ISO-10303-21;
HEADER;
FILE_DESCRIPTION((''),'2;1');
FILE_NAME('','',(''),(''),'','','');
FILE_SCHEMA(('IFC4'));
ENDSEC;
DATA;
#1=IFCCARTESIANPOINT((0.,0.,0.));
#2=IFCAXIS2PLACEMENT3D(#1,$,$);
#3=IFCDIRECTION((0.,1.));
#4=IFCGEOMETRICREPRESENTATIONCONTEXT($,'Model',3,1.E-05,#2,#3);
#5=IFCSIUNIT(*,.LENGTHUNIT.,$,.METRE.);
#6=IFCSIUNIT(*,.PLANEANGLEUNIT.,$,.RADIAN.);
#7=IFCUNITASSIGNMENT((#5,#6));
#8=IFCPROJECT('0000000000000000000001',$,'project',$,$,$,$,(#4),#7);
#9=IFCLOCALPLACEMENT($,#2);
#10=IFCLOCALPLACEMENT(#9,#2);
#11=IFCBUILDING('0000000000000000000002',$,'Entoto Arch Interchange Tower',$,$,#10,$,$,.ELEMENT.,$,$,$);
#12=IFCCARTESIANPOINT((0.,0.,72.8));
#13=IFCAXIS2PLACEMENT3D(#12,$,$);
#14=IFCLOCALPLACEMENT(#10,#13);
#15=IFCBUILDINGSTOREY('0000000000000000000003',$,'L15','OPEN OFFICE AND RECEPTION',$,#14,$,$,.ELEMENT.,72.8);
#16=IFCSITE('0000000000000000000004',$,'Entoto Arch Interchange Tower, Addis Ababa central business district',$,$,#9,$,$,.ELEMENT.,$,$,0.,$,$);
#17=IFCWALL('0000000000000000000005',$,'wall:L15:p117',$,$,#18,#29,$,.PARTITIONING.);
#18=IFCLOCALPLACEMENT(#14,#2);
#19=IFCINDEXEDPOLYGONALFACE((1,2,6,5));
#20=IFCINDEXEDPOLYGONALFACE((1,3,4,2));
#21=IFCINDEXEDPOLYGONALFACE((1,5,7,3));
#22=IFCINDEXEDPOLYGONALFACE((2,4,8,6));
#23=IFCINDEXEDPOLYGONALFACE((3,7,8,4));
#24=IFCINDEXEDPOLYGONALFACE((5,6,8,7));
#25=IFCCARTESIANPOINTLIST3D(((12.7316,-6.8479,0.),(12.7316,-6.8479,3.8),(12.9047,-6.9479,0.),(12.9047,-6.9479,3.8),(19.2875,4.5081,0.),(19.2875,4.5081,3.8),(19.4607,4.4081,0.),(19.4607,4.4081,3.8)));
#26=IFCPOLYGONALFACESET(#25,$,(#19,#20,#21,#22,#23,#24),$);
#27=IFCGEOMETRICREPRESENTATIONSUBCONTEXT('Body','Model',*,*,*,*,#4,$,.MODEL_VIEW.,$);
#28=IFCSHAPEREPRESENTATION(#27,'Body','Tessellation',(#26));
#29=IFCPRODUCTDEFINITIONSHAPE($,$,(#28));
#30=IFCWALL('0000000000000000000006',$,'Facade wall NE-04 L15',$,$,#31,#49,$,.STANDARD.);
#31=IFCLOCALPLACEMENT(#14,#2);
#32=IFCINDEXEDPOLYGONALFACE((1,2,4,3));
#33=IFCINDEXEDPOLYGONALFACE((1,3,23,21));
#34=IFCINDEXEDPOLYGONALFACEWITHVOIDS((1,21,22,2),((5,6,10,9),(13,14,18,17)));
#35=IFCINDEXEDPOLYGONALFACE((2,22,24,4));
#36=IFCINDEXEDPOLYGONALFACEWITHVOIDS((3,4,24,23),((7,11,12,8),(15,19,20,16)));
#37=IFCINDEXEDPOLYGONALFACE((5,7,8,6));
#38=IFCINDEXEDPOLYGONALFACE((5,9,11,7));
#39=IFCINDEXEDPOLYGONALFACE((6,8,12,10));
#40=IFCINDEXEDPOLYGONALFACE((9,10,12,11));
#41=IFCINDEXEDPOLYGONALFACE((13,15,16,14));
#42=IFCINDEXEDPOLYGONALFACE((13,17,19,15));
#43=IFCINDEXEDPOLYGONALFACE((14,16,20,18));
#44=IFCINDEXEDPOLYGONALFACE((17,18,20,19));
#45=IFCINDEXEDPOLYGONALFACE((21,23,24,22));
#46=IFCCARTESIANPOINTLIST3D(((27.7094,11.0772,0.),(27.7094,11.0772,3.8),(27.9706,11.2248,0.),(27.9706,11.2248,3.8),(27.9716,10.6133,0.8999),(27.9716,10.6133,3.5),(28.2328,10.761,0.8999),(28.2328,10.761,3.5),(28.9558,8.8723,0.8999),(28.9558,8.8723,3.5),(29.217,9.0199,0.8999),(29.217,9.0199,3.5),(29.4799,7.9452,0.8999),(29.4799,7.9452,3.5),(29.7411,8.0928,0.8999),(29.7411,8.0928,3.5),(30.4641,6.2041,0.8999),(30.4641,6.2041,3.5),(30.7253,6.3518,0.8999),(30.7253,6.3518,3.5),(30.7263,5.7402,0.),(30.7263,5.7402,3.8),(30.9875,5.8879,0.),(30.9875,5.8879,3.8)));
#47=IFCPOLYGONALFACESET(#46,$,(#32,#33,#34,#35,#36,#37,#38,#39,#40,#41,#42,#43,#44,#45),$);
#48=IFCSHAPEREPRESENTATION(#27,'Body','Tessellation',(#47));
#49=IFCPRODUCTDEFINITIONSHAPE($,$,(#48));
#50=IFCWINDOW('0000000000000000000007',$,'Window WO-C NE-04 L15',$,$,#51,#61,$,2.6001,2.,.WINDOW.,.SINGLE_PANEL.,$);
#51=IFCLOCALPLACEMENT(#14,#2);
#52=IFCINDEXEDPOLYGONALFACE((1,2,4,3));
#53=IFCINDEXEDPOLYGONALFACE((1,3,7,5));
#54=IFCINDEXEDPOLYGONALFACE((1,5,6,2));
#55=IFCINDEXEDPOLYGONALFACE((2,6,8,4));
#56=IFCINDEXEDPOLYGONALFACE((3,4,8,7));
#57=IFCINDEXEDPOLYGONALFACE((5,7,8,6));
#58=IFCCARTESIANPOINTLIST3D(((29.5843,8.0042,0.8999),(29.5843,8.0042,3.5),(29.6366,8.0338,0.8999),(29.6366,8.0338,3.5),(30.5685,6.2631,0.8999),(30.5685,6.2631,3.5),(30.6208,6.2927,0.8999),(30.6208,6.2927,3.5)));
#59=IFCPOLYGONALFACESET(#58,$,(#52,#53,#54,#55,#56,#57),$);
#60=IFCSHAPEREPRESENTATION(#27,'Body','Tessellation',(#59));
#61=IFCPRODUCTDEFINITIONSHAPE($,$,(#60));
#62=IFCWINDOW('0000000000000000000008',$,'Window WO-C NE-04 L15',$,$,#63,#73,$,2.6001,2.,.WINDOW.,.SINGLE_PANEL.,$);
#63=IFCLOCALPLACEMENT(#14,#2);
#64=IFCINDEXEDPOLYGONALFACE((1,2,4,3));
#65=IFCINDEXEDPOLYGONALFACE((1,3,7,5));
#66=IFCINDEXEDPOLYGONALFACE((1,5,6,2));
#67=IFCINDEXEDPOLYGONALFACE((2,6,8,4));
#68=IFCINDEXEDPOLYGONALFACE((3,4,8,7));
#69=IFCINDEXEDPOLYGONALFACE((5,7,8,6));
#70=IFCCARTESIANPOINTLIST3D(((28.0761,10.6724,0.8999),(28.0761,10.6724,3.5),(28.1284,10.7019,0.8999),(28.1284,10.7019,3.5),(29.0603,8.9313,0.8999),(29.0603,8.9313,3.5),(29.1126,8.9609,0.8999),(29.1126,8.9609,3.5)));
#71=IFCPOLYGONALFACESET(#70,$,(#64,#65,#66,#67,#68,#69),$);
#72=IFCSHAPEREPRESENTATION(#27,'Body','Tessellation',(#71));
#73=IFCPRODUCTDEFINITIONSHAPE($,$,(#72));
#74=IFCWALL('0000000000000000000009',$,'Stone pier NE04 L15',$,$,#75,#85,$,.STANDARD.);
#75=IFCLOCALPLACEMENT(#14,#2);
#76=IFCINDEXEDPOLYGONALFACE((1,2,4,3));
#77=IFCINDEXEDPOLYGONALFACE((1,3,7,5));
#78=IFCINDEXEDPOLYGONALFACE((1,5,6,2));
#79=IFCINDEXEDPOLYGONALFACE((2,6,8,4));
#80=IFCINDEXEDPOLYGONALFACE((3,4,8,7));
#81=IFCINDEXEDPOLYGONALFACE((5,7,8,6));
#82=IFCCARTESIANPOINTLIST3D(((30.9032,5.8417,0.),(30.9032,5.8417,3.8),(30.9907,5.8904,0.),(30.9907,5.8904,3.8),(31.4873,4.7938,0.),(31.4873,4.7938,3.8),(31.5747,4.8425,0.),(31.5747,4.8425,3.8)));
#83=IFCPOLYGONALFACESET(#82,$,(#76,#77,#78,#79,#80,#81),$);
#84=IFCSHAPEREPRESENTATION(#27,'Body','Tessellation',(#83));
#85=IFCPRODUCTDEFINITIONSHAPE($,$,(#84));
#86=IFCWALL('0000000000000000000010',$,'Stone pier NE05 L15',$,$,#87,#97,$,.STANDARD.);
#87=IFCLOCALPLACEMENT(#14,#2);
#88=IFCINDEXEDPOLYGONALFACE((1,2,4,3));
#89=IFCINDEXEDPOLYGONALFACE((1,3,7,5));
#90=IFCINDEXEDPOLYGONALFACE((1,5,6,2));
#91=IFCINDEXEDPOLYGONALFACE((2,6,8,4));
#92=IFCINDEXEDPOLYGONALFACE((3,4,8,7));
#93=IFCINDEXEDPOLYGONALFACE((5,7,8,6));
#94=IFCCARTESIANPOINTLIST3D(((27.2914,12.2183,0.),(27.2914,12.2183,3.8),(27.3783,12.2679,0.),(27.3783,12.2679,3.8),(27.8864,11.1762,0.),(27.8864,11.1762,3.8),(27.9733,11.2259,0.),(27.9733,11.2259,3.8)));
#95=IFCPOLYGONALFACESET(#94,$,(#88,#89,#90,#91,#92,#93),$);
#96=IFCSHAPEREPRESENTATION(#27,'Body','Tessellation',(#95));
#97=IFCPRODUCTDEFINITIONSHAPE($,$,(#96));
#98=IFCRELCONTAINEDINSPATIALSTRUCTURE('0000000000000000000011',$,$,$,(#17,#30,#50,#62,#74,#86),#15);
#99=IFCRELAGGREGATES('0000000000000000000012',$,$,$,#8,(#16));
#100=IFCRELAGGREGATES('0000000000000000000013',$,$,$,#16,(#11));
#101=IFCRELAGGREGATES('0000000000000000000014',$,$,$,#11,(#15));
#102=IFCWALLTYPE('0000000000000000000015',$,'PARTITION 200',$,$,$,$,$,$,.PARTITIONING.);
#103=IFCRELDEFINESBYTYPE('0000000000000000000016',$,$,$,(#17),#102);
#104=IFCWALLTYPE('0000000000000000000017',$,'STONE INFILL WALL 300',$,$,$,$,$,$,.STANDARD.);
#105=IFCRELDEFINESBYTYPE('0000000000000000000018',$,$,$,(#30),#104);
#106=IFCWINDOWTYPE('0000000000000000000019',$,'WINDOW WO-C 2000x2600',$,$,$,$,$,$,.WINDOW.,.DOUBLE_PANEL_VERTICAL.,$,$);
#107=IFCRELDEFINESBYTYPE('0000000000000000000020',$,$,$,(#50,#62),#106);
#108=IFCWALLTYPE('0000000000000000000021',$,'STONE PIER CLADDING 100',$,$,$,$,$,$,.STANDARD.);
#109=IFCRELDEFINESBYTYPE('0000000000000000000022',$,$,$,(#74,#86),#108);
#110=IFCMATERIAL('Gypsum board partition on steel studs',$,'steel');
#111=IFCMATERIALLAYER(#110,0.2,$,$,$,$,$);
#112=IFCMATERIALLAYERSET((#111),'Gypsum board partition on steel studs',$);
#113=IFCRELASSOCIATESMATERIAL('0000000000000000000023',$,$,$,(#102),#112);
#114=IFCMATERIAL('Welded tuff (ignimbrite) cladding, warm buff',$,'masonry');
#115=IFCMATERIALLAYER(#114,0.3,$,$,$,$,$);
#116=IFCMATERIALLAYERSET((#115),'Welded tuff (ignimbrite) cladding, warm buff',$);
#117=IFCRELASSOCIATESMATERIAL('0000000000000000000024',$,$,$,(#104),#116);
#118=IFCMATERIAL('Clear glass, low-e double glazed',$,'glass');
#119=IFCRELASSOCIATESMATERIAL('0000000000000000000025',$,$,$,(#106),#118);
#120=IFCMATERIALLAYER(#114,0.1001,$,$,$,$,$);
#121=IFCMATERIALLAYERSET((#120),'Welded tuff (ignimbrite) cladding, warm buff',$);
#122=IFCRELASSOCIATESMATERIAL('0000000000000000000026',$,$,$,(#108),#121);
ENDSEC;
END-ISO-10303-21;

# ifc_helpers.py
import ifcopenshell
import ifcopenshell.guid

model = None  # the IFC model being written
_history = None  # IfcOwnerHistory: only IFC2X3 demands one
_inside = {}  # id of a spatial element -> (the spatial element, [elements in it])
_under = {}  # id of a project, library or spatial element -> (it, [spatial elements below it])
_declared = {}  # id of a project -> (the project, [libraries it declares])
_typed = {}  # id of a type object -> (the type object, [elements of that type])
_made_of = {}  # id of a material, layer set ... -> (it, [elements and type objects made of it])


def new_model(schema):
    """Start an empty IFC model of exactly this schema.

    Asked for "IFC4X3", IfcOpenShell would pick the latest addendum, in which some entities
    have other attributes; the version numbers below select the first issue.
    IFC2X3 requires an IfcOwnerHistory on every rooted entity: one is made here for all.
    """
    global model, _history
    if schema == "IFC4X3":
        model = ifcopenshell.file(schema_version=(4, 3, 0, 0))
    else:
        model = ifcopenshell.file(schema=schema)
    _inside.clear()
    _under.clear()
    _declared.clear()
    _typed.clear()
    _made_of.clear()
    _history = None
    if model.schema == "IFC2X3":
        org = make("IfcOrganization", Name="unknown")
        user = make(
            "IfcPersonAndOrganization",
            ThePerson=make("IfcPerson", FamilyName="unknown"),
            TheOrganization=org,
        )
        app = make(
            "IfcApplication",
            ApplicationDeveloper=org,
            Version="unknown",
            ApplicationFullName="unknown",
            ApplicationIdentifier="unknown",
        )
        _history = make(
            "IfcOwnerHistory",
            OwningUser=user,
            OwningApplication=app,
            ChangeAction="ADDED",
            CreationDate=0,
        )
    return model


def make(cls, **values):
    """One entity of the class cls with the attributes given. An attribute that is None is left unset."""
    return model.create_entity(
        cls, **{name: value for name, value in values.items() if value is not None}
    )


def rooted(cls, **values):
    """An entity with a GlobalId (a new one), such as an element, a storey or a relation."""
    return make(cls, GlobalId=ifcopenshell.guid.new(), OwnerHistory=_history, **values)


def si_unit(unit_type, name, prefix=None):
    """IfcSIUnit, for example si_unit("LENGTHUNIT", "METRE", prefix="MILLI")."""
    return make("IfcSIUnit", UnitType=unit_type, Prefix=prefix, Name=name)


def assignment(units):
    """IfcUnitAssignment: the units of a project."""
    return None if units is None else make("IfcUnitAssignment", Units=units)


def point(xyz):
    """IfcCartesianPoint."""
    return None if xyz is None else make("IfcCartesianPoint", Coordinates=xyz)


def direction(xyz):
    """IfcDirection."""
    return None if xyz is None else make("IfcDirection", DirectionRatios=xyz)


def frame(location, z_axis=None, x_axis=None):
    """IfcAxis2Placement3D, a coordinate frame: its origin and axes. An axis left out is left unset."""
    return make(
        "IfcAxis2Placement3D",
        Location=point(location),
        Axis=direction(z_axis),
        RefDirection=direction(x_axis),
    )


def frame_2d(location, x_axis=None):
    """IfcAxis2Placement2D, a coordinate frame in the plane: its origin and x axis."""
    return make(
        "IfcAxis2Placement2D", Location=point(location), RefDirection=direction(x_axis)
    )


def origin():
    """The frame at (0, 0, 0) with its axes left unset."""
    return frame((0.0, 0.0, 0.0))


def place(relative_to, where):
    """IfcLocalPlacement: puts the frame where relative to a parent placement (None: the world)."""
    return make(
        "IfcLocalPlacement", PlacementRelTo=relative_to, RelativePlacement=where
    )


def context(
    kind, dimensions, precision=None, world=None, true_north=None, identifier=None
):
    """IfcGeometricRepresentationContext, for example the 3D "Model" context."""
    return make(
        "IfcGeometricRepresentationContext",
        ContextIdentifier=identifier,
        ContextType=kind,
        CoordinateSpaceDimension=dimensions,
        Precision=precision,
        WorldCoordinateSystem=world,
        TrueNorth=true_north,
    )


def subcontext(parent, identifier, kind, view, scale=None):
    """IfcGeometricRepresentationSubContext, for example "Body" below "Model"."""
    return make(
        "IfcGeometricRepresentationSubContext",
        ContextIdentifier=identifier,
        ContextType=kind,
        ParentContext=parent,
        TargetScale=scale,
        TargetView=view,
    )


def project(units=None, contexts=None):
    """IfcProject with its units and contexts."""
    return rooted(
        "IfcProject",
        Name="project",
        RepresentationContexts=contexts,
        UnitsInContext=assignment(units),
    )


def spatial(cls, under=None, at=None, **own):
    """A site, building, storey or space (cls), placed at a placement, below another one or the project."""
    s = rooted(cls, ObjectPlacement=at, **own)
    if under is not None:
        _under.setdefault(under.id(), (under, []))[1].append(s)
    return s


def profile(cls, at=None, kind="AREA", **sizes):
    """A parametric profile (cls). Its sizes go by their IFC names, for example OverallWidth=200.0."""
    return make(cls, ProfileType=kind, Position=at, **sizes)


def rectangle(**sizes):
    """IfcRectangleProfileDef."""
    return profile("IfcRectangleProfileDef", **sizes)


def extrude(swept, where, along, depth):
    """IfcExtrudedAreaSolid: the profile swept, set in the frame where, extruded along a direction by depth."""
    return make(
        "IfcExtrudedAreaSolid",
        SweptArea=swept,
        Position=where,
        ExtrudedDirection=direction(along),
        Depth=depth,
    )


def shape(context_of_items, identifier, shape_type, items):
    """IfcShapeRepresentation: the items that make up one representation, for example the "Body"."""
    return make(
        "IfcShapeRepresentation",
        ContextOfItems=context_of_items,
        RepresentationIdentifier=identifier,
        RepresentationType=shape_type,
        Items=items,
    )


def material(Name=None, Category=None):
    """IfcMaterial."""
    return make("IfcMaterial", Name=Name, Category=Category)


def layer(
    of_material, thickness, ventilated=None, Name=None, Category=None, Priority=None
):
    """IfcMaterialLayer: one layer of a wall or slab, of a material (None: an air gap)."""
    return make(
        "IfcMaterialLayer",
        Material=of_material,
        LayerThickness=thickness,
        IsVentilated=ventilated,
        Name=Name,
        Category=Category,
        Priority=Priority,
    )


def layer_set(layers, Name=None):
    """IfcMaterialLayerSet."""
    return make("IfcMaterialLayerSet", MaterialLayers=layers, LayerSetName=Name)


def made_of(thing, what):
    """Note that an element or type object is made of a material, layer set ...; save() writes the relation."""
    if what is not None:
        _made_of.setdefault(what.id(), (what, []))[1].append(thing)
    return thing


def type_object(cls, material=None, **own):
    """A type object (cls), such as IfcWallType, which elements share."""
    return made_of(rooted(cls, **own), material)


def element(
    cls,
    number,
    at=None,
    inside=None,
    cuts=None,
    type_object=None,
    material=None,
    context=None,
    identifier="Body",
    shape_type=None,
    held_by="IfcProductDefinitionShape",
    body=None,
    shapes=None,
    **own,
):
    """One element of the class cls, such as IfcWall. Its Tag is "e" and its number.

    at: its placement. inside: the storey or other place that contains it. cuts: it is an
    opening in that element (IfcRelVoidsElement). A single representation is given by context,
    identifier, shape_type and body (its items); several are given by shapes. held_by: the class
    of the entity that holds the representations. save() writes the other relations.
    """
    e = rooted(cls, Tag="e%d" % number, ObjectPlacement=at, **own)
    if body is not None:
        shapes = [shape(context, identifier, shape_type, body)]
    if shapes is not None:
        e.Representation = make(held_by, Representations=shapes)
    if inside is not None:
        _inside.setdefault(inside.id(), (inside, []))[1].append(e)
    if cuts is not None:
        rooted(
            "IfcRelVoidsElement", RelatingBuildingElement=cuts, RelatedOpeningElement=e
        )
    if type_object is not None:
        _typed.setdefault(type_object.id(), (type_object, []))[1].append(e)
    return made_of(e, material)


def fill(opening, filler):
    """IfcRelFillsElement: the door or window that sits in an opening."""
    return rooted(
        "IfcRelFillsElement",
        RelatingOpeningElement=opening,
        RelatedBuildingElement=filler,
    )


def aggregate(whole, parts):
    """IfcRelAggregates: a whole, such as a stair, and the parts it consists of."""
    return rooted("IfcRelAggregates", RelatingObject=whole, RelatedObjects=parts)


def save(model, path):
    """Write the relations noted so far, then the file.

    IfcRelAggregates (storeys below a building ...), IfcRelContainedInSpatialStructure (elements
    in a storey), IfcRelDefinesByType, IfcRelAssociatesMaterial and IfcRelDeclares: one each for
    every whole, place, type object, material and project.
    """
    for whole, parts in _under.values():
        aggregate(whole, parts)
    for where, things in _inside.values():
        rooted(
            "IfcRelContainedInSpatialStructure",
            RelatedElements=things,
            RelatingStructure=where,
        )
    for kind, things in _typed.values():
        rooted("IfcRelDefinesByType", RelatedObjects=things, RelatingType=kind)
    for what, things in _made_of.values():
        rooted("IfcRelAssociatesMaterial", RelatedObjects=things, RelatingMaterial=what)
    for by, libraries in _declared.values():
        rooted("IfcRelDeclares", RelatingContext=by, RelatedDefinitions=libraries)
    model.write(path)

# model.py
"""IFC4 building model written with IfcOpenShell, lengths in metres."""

from ifc_helpers import new_model, si_unit, direction, frame, frame_2d, origin, place, context, subcontext, project, spatial, rectangle, extrude, material, layer, layer_set, type_object, element, fill, save


model = new_model("IFC4")

# Units and contexts
model_context = context("Model", 3, precision=1e-05, world=origin(), true_north=direction((0.0, 1.0)))
body_context = subcontext(model_context, "Body", "Model", "MODEL_VIEW")
ifc_project = project(units=[si_unit("LENGTHUNIT", "METRE"), si_unit("PLANEANGLEUNIT", "RADIAN")], contexts=[model_context])

# Site, building, storey
site_placement = place(None, origin())
site = spatial("IfcSite", under=ifc_project, at=site_placement, Name="Entoto Arch Interchange Tower, Addis Ababa central business district", CompositionType="ELEMENT", RefElevation=0.0)
building_placement = place(site_placement, origin())
building = spatial("IfcBuilding", under=site, at=building_placement, Name="Entoto Arch Interchange Tower", CompositionType="ELEMENT")
storey_placement = place(building_placement, frame((0.0, 0.0, 72.8)))
storey = spatial("IfcBuildingStorey", under=building, at=storey_placement, Name="L15", Description="OPEN OFFICE AND RECEPTION", CompositionType="ELEMENT", Elevation=72.8)

# Shared definitions
ifc_material_1 = material(Name="Gypsum board partition on steel studs", Category="steel")
ifc_layer_1 = layer(ifc_material_1, 0.2)
ifc_layer_set_1 = layer_set([ifc_layer_1], Name="Gypsum board partition on steel studs")
wall_type_1 = type_object("IfcWallType", Name="PARTITION 200", PredefinedType="PARTITIONING", material=ifc_layer_set_1)

# Wall
wall_1_placement = place(storey_placement, frame((19.374, 4.458, 0.0), z_axis=(0.0, 0.0, 1.0), x_axis=(-0.499974, -0.86604, 0.0)))
element("IfcWall", 1, at=wall_1_placement, inside=storey, type_object=wall_type_1, Name="wall:L15:p117", PredefinedType="PARTITIONING", context=body_context, shape_type="SweptSolid", body=[
    extrude(rectangle(XDim=13.1125, YDim=0.2, at=frame_2d((6.5562, 0.0))), origin(), (0.0, 0.0, 1.0), 3.8),
])

# Wall, openings, windows
ifc_material_2 = material(Name="Welded tuff (ignimbrite) cladding, warm buff", Category="masonry")
ifc_layer_2 = layer(ifc_material_2, 0.3)
ifc_layer_set_2 = layer_set([ifc_layer_2], Name="Welded tuff (ignimbrite) cladding, warm buff")
wall_type_2 = type_object("IfcWallType", Name="STONE INFILL WALL 300", PredefinedType="STANDARD", material=ifc_layer_set_2)
wall_2_placement = place(storey_placement, frame((30.8569, 5.814, 0.0), z_axis=(0.0, 0.0, 1.0), x_axis=(-0.492098, 0.87054, 0.0)))
wall_2 = element("IfcWall", 2, at=wall_2_placement, inside=storey, type_object=wall_type_2, Name="Facade wall NE-04 L15", PredefinedType="STANDARD", context=body_context, shape_type="SweptSolid", body=[
    extrude(rectangle(XDim=6.1306, YDim=0.3, at=frame_2d((3.0654, 0.0))), origin(), (0.0, 0.0, 1.0), 3.8),
])
opening_1_placement = place(wall_2_placement, frame((0.533, 0.0, 0.8999)))
opening_1 = element("IfcOpeningElement", 3, at=opening_1_placement, cuts=wall_2, PredefinedType="OPENING", context=body_context, shape_type="SweptSolid", body=[
    extrude(rectangle(XDim=2.0, YDim=2.6001, at=frame_2d((1.0, 1.3))), frame((0.0, 0.1602, 0.0), z_axis=(0.0, -1.0, 0.0), x_axis=(1.0, 0.0, 0.0)), (0.0, 0.0, 1.0), 0.3201),
])
opening_2_placement = place(wall_2_placement, frame((3.5979, 0.0, 0.8999)))
opening_2 = element("IfcOpeningElement", 4, at=opening_2_placement, cuts=wall_2, PredefinedType="OPENING", context=body_context, shape_type="SweptSolid", body=[
    extrude(rectangle(XDim=2.0, YDim=2.6001, at=frame_2d((1.0, 1.3))), frame((0.0, 0.1602, 0.0), z_axis=(0.0, -1.0, 0.0), x_axis=(1.0, 0.0, 0.0)), (0.0, 0.0, 1.0), 0.3201),
])
ifc_material_3 = material(Name="Clear glass, low-e double glazed", Category="glass")
window_type = type_object("IfcWindowType", Name="WINDOW WO-C 2000x2600", PartitioningType="DOUBLE_PANEL_VERTICAL", PredefinedType="WINDOW", material=ifc_material_3)
window_1_placement = place(opening_1_placement, origin())
window_1 = element("IfcWindow", 5, at=window_1_placement, inside=storey, type_object=window_type, Name="Window WO-C NE-04 L15", OverallHeight=2.6001, OverallWidth=2.0, PartitioningType="SINGLE_PANEL", PredefinedType="WINDOW", context=body_context, shape_type="SweptSolid", body=[
    extrude(rectangle(XDim=2.0, YDim=2.6001, at=frame_2d((1.0, 1.3))), frame((0.0, 0.03, 0.0), z_axis=(0.0, -1.0, 0.0), x_axis=(1.0, 0.0, 0.0)), (0.0, 0.0, 1.0), 0.0601),
])
fill(opening_1, window_1)
window_2_placement = place(opening_2_placement, origin())
window_2 = element("IfcWindow", 6, at=window_2_placement, inside=storey, type_object=window_type, Name="Window WO-C NE-04 L15", OverallHeight=2.6001, OverallWidth=2.0, PartitioningType="SINGLE_PANEL", PredefinedType="WINDOW", context=body_context, shape_type="SweptSolid", body=[
    extrude(rectangle(XDim=2.0, YDim=2.6001, at=frame_2d((1.0, 1.3))), frame((0.0, 0.03, 0.0), z_axis=(0.0, -1.0, 0.0), x_axis=(1.0, 0.0, 0.0)), (0.0, 0.0, 1.0), 0.0601),
])
fill(opening_2, window_2)

# Walls
ifc_layer_3 = layer(ifc_material_2, 0.1001)
ifc_layer_set_3 = layer_set([ifc_layer_3], Name="Welded tuff (ignimbrite) cladding, warm buff")
wall_type_3 = type_object("IfcWallType", Name="STONE PIER CLADDING 100", PredefinedType="STANDARD", material=ifc_layer_set_3)
wall_3_placement = place(storey_placement, frame((31.531, 4.8181, 0.0), z_axis=(0.0, 0.0, 1.0), x_axis=(-0.486818, 0.873504, 0.0)))
element("IfcWall", 7, at=wall_3_placement, inside=storey, type_object=wall_type_3, Name="Stone pier NE04 L15", PredefinedType="STANDARD", context=body_context, shape_type="SweptSolid", body=[
    extrude(rectangle(XDim=1.1997, YDim=0.1001, at=frame_2d((0.5999, 0.0))), origin(), (0.0, 0.0, 1.0), 3.8),
])
wall_4_placement = place(storey_placement, frame((27.9299, 11.2009, 0.0), z_axis=(0.0, 0.0, 1.0), x_axis=(-0.495854, 0.868406, 0.0)))
element("IfcWall", 8, at=wall_4_placement, inside=storey, type_object=wall_type_3, Name="Stone pier NE05 L15", PredefinedType="STANDARD", context=body_context, shape_type="SweptSolid", body=[
    extrude(rectangle(XDim=1.2, YDim=0.1001, at=frame_2d((0.6001, 0.0))), origin(), (0.0, 0.0, 1.0), 3.8),
])

save(model, "model.ifc")
